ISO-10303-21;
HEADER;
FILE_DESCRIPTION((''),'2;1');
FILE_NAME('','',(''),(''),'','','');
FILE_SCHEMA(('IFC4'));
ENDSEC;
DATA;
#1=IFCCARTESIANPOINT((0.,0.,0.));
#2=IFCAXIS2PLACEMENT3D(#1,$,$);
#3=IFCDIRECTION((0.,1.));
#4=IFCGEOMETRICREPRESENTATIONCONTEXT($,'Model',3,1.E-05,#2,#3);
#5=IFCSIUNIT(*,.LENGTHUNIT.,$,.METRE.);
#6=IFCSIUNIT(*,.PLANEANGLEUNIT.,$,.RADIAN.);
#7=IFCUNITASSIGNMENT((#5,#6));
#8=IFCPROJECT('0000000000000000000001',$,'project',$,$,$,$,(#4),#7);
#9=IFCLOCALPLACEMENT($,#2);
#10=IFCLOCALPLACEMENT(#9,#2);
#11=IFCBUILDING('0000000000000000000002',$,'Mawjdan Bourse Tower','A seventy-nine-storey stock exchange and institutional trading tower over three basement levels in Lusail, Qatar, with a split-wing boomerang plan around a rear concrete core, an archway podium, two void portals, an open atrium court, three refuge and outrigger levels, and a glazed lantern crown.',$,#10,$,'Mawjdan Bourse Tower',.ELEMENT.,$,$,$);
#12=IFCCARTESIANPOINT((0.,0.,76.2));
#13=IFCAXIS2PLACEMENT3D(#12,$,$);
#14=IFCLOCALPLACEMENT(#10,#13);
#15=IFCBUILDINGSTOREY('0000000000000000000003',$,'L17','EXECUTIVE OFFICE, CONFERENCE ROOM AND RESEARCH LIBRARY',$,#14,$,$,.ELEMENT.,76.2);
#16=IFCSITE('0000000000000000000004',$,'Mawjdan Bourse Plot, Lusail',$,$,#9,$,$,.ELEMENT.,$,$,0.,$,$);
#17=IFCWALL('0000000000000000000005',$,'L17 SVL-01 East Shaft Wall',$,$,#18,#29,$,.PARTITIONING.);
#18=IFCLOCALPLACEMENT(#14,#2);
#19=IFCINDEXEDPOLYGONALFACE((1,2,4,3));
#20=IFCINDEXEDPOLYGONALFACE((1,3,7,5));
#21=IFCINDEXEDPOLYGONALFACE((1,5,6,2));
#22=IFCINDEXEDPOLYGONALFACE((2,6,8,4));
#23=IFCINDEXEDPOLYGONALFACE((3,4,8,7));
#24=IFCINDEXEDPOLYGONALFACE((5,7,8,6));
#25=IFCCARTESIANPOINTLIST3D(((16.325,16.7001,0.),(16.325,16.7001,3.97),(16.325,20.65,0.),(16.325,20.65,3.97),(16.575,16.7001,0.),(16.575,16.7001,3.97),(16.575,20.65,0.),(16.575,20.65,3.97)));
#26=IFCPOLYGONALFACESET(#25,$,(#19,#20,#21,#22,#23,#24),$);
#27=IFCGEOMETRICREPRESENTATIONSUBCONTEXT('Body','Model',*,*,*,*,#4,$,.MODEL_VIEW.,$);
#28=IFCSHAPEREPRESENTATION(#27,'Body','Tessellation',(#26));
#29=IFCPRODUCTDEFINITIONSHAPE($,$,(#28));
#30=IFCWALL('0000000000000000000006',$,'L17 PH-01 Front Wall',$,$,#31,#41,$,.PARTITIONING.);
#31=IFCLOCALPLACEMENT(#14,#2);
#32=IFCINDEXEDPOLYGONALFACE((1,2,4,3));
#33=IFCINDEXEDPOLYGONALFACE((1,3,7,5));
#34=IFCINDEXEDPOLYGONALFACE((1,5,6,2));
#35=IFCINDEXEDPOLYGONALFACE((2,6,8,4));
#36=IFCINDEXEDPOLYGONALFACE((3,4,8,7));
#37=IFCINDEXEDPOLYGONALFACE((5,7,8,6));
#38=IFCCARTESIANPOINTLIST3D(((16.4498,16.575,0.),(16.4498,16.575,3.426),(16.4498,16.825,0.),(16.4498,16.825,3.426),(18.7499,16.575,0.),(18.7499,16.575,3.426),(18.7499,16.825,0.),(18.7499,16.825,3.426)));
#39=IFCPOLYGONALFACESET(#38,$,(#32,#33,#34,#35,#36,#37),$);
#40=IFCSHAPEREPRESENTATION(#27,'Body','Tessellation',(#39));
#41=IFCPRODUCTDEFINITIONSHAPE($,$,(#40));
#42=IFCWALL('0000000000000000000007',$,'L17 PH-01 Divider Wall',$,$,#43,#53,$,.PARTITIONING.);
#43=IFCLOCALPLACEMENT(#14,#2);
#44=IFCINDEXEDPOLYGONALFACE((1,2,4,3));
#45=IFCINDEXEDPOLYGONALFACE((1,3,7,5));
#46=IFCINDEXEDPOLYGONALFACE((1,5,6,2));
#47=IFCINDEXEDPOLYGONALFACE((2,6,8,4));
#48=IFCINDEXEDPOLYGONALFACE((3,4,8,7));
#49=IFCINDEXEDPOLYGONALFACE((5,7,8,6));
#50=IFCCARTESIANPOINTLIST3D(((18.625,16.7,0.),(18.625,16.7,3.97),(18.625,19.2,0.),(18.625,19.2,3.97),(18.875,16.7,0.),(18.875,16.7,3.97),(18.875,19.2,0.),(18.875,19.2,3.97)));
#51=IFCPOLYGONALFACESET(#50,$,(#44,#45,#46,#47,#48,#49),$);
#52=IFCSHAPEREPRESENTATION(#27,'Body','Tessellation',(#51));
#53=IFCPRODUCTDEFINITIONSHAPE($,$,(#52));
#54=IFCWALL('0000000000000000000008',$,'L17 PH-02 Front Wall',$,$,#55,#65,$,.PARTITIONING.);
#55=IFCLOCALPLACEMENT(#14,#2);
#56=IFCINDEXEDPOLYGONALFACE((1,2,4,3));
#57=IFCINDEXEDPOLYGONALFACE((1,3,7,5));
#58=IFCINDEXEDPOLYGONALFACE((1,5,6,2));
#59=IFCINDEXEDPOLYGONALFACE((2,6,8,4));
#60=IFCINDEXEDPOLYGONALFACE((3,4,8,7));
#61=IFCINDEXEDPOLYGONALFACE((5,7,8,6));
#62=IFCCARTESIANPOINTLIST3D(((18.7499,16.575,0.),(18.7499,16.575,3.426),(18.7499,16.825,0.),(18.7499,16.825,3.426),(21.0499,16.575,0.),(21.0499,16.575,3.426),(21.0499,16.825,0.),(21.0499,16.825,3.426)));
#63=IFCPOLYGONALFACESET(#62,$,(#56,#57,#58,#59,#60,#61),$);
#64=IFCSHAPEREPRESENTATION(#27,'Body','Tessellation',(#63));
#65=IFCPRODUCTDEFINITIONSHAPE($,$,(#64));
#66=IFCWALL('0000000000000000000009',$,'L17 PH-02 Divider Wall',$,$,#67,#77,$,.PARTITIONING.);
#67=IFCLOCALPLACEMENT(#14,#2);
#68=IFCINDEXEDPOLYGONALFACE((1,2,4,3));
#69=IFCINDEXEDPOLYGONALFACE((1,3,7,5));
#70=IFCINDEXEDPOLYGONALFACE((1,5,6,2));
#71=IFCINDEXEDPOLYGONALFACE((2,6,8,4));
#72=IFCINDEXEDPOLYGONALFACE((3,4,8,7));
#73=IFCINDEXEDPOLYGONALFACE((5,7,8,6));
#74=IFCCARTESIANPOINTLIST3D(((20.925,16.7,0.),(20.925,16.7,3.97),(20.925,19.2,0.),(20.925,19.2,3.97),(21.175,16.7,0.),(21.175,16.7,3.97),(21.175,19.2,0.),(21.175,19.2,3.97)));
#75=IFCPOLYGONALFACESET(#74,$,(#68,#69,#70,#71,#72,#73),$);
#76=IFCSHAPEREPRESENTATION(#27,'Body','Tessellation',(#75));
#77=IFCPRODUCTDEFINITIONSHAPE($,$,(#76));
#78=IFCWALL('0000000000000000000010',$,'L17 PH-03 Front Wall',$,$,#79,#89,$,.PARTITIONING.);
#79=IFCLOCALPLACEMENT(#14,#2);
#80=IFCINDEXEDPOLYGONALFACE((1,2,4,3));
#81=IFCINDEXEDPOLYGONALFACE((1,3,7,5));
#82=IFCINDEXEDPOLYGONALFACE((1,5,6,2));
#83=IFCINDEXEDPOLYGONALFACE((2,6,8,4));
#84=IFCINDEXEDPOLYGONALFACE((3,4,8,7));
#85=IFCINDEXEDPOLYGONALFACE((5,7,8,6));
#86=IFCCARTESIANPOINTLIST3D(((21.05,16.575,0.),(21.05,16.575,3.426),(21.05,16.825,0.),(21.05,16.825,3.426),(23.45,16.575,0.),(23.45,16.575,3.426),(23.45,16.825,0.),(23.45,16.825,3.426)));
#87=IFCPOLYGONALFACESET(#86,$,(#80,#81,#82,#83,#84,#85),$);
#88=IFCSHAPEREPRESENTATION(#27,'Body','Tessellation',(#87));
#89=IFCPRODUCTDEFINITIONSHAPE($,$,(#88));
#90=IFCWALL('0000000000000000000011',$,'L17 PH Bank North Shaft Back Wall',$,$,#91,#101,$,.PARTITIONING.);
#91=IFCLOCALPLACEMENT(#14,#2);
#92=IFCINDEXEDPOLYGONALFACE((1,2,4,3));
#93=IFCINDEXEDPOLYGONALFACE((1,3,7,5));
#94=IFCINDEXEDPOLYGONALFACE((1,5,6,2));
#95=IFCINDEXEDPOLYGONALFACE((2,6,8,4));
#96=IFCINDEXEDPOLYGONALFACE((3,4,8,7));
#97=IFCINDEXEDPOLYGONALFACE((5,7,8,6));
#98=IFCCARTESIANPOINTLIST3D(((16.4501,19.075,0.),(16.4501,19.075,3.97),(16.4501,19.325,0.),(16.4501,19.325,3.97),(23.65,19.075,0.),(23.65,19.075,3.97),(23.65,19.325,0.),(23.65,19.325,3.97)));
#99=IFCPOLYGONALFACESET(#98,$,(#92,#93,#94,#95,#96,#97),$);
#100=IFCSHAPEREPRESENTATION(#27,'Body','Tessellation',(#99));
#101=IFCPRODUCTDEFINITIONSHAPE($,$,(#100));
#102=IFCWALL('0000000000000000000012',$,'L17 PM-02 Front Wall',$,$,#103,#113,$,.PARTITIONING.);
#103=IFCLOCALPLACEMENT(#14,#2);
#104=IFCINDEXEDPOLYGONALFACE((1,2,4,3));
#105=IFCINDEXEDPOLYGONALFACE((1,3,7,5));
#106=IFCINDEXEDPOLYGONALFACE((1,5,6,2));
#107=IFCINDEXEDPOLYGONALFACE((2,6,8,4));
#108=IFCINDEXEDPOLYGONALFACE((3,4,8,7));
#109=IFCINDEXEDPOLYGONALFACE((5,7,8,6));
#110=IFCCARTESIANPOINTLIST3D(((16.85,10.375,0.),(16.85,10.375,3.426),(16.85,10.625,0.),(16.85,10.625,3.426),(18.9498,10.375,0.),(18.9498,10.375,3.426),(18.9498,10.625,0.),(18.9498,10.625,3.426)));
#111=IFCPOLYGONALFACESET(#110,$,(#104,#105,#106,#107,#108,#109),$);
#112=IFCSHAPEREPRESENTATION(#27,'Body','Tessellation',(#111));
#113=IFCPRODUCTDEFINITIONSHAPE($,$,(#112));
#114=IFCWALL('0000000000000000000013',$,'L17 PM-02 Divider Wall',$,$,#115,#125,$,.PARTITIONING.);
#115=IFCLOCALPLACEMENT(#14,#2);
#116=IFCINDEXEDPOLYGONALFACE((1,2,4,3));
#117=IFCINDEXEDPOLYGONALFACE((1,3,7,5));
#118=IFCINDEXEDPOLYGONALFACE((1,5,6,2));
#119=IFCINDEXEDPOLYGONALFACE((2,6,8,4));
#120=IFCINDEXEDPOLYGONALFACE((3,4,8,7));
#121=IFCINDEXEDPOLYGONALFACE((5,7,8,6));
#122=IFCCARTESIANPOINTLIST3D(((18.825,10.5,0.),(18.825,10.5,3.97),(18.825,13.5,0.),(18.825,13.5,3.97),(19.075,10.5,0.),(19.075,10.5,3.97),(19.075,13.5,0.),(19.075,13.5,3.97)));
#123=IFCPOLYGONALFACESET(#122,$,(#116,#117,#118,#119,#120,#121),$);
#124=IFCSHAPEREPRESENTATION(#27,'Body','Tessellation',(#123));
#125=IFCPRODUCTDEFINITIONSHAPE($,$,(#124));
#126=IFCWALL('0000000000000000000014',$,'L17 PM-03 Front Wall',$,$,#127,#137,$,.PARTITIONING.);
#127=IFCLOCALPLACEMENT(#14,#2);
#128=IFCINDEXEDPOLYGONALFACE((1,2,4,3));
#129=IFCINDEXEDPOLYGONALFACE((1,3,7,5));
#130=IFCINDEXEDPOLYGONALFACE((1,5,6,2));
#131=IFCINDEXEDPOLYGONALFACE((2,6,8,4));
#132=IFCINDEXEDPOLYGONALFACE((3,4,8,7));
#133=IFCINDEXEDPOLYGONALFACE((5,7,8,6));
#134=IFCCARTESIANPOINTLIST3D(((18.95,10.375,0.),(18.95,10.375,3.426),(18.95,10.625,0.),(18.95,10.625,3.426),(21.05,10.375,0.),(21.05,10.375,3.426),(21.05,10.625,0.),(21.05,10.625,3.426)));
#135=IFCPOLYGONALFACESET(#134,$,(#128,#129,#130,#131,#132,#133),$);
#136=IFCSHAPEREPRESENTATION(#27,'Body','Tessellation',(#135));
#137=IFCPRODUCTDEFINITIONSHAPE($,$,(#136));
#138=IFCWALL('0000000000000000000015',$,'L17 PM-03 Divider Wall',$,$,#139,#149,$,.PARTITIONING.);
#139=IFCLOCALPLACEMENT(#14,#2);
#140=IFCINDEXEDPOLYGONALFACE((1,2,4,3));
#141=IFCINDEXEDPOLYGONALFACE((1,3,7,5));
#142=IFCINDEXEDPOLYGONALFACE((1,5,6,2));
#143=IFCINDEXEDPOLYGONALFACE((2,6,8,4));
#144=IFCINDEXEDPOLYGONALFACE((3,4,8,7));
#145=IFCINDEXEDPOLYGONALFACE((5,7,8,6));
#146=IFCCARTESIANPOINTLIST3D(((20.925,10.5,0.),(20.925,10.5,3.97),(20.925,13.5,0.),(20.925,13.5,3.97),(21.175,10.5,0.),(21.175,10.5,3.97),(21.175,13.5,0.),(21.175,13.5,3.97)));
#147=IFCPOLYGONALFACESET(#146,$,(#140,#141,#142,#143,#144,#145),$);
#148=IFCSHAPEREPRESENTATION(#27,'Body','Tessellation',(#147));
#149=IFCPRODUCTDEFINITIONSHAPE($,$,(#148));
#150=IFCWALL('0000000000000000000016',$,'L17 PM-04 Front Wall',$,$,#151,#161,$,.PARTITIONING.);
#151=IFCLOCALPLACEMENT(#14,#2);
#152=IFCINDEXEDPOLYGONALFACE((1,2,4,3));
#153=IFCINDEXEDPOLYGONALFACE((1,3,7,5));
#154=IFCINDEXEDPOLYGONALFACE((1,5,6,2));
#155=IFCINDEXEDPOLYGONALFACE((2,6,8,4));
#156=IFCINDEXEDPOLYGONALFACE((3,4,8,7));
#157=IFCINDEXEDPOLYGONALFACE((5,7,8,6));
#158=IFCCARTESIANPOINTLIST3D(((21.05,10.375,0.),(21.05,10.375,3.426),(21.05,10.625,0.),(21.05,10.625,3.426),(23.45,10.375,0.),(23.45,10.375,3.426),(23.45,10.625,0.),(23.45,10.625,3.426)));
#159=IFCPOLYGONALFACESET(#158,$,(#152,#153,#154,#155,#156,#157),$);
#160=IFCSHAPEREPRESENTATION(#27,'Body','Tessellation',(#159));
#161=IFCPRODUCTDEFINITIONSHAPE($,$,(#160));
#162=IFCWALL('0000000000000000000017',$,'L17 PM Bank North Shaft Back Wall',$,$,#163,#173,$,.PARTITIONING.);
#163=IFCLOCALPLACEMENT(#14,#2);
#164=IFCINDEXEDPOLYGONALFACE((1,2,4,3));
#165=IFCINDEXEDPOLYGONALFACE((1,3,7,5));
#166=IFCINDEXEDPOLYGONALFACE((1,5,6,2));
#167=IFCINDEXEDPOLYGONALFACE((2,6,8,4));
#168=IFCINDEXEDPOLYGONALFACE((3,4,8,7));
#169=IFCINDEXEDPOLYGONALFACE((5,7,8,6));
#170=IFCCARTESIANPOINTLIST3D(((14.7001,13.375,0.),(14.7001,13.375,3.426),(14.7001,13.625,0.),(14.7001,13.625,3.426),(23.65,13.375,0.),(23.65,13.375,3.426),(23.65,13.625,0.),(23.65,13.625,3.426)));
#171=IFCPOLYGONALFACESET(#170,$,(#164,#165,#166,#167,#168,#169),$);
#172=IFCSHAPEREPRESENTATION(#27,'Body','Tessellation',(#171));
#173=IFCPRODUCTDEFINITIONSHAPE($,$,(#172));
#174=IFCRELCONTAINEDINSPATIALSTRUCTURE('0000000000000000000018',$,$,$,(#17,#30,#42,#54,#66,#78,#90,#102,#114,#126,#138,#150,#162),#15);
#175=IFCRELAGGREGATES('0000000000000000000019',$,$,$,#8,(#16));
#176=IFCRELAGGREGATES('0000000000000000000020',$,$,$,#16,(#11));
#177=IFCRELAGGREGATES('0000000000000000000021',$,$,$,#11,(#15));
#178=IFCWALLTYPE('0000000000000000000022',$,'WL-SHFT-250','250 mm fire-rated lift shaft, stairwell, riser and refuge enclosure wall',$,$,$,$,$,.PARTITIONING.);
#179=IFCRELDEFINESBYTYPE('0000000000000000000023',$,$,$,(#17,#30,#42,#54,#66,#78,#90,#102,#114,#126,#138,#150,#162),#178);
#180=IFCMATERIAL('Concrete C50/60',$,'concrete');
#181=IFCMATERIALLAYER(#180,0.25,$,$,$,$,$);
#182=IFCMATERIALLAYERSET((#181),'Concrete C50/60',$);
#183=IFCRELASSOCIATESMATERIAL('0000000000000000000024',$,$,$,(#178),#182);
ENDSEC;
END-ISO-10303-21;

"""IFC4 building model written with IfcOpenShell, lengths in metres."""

from ifc_helpers import new_model, si_unit, direction, frame, frame_2d, origin, place, context, subcontext, project, spatial, rectangle, extrude, material, layer, layer_set, type_object, element, save


model = new_model("IFC4")

# Units and contexts
model_context = context("Model", 3, precision=1e-05, world=origin(), true_north=direction((0.0, 1.0)))
body_context = subcontext(model_context, "Body", "Model", "MODEL_VIEW")
ifc_project = project(units=[si_unit("LENGTHUNIT", "METRE"), si_unit("PLANEANGLEUNIT", "RADIAN")], contexts=[model_context])

# Site, building, storey
site_placement = place(None, origin())
site = spatial("IfcSite", under=ifc_project, at=site_placement, Name="Mawjdan Bourse Plot, Lusail", CompositionType="ELEMENT", RefElevation=0.0)
building_placement = place(site_placement, origin())
building = spatial("IfcBuilding", under=site, at=building_placement, Name="Mawjdan Bourse Tower", Description="A seventy-nine-storey stock exchange and institutional trading tower over three basement levels in Lusail, Qatar, with a split-wing boomerang plan around a rear concrete core, an archway podium, two void portals, an open atrium court, three refuge and outrigger levels, and a glazed lantern crown.", LongName="Mawjdan Bourse Tower", CompositionType="ELEMENT")
storey_placement = place(building_placement, frame((0.0, 0.0, 76.2)))
storey = spatial("IfcBuildingStorey", under=building, at=storey_placement, Name="L17", Description="EXECUTIVE OFFICE, CONFERENCE ROOM AND RESEARCH LIBRARY", CompositionType="ELEMENT", Elevation=76.2)

# Shared definitions
ifc_material_1 = material(Name="Concrete C50/60", Category="concrete")
ifc_layer_1 = layer(ifc_material_1, 0.25)
ifc_layer_set_1 = layer_set([ifc_layer_1], Name="Concrete C50/60")
wall_type_1 = type_object("IfcWallType", Name="WL-SHFT-250", Description="250 mm fire-rated lift shaft, stairwell, riser and refuge enclosure wall", PredefinedType="PARTITIONING", material=ifc_layer_set_1)

# Walls
for number, where, z_axis, x_axis, name in (
    (1, (16.45, 16.7, 0.0), (0.0, 0.0, 1.0), (0.0, 1.0, 0.0), "L17 SVL-01 East Shaft Wall"),
):
    element("IfcWall", number, at=place(storey_placement, frame(where, z_axis=z_axis, x_axis=x_axis)), inside=storey, type_object=wall_type_1, Name=name, PredefinedType="PARTITIONING", context=body_context, shape_type="SweptSolid", body=[
        extrude(rectangle(XDim=3.95, YDim=0.25, at=frame_2d((1.9751, 0.0))), origin(), (0.0, 0.0, 1.0), 3.97),
    ])
wall_1_placement = place(storey_placement, frame((16.45, 16.7, 0.0), z_axis=(0.0, 0.0, 1.0), x_axis=(1.0, 0.0, 0.0)))
element("IfcWall", 2, at=wall_1_placement, inside=storey, type_object=wall_type_1, Name="L17 PH-01 Front Wall", PredefinedType="PARTITIONING", context=body_context, shape_type="SweptSolid", body=[
    extrude(rectangle(XDim=2.3, YDim=0.25, at=frame_2d((1.1499, 0.0))), origin(), (0.0, 0.0, 1.0), 3.426),
])
wall_2_placement = place(storey_placement, frame((18.75, 16.7, 0.0), z_axis=(0.0, 0.0, 1.0), x_axis=(0.0, 1.0, 0.0)))
element("IfcWall", 3, at=wall_2_placement, inside=storey, type_object=wall_type_1, Name="L17 PH-01 Divider Wall", PredefinedType="PARTITIONING", context=body_context, shape_type="SweptSolid", body=[
    extrude(rectangle(XDim=2.5, YDim=0.25, at=frame_2d((1.25, 0.0))), origin(), (0.0, 0.0, 1.0), 3.97),
])
wall_3_placement = place(storey_placement, frame((18.75, 16.7, 0.0), z_axis=(0.0, 0.0, 1.0), x_axis=(1.0, 0.0, 0.0)))
element("IfcWall", 4, at=wall_3_placement, inside=storey, type_object=wall_type_1, Name="L17 PH-02 Front Wall", PredefinedType="PARTITIONING", context=body_context, shape_type="SweptSolid", body=[
    extrude(rectangle(XDim=2.3, YDim=0.25, at=frame_2d((1.1499, 0.0))), origin(), (0.0, 0.0, 1.0), 3.426),
])
wall_4_placement = place(storey_placement, frame((21.05, 16.7, 0.0), z_axis=(0.0, 0.0, 1.0), x_axis=(0.0, 1.0, 0.0)))
element("IfcWall", 5, at=wall_4_placement, inside=storey, type_object=wall_type_1, Name="L17 PH-02 Divider Wall", PredefinedType="PARTITIONING", context=body_context, shape_type="SweptSolid", body=[
    extrude(rectangle(XDim=2.5, YDim=0.25, at=frame_2d((1.25, 0.0))), origin(), (0.0, 0.0, 1.0), 3.97),
])
wall_5_placement = place(storey_placement, frame((21.05, 16.7, 0.0), z_axis=(0.0, 0.0, 1.0), x_axis=(1.0, 0.0, 0.0)))
element("IfcWall", 6, at=wall_5_placement, inside=storey, type_object=wall_type_1, Name="L17 PH-03 Front Wall", PredefinedType="PARTITIONING", context=body_context, shape_type="SweptSolid", body=[
    extrude(rectangle(XDim=2.3999, YDim=0.25, at=frame_2d((1.2, 0.0))), origin(), (0.0, 0.0, 1.0), 3.426),
])
wall_6_placement = place(storey_placement, frame((16.45, 19.2, 0.0), z_axis=(0.0, 0.0, 1.0), x_axis=(1.0, 0.0, 0.0)))
element("IfcWall", 7, at=wall_6_placement, inside=storey, type_object=wall_type_1, Name="L17 PH Bank North Shaft Back Wall", PredefinedType="PARTITIONING", context=body_context, shape_type="SweptSolid", body=[
    extrude(rectangle(XDim=7.2, YDim=0.25, at=frame_2d((3.6001, 0.0))), origin(), (0.0, 0.0, 1.0), 3.97),
])
wall_7_placement = place(storey_placement, frame((16.8501, 10.5, 0.0), z_axis=(0.0, 0.0, 1.0), x_axis=(1.0, 0.0, 0.0)))
element("IfcWall", 8, at=wall_7_placement, inside=storey, type_object=wall_type_1, Name="L17 PM-02 Front Wall", PredefinedType="PARTITIONING", context=body_context, shape_type="SweptSolid", body=[
    extrude(rectangle(XDim=2.0999, YDim=0.25, at=frame_2d((1.0498, 0.0))), origin(), (0.0, 0.0, 1.0), 3.426),
])
wall_8_placement = place(storey_placement, frame((18.95, 10.5, 0.0), z_axis=(0.0, 0.0, 1.0), x_axis=(0.0, 1.0, 0.0)))
element("IfcWall", 9, at=wall_8_placement, inside=storey, type_object=wall_type_1, Name="L17 PM-02 Divider Wall", PredefinedType="PARTITIONING", context=body_context, shape_type="SweptSolid", body=[
    extrude(rectangle(XDim=3.0, YDim=0.25, at=frame_2d((1.5, 0.0))), origin(), (0.0, 0.0, 1.0), 3.97),
])
wall_9_placement = place(storey_placement, frame((18.95, 10.5, 0.0), z_axis=(0.0, 0.0, 1.0), x_axis=(1.0, 0.0, 0.0)))
element("IfcWall", 10, at=wall_9_placement, inside=storey, type_object=wall_type_1, Name="L17 PM-03 Front Wall", PredefinedType="PARTITIONING", context=body_context, shape_type="SweptSolid", body=[
    extrude(rectangle(XDim=2.1001, YDim=0.25, at=frame_2d((1.05, 0.0))), origin(), (0.0, 0.0, 1.0), 3.426),
])
wall_10_placement = place(storey_placement, frame((21.05, 10.5, 0.0), z_axis=(0.0, 0.0, 1.0), x_axis=(0.0, 1.0, 0.0)))
element("IfcWall", 11, at=wall_10_placement, inside=storey, type_object=wall_type_1, Name="L17 PM-03 Divider Wall", PredefinedType="PARTITIONING", context=body_context, shape_type="SweptSolid", body=[
    extrude(rectangle(XDim=3.0, YDim=0.25, at=frame_2d((1.5, 0.0))), origin(), (0.0, 0.0, 1.0), 3.97),
])
wall_11_placement = place(storey_placement, frame((21.05, 10.5, 0.0), z_axis=(0.0, 0.0, 1.0), x_axis=(1.0, 0.0, 0.0)))
element("IfcWall", 12, at=wall_11_placement, inside=storey, type_object=wall_type_1, Name="L17 PM-04 Front Wall", PredefinedType="PARTITIONING", context=body_context, shape_type="SweptSolid", body=[
    extrude(rectangle(XDim=2.3999, YDim=0.25, at=frame_2d((1.2, 0.0))), origin(), (0.0, 0.0, 1.0), 3.426),
])
wall_12_placement = place(storey_placement, frame((14.7, 13.5, 0.0), z_axis=(0.0, 0.0, 1.0), x_axis=(1.0, 0.0, 0.0)))
element("IfcWall", 13, at=wall_12_placement, inside=storey, type_object=wall_type_1, Name="L17 PM Bank North Shaft Back Wall", PredefinedType="PARTITIONING", context=body_context, shape_type="SweptSolid", body=[
    extrude(rectangle(XDim=8.95, YDim=0.25, at=frame_2d((4.4751, 0.0))), origin(), (0.0, 0.0, 1.0), 3.426),
])

save(model, "model.ifc")
